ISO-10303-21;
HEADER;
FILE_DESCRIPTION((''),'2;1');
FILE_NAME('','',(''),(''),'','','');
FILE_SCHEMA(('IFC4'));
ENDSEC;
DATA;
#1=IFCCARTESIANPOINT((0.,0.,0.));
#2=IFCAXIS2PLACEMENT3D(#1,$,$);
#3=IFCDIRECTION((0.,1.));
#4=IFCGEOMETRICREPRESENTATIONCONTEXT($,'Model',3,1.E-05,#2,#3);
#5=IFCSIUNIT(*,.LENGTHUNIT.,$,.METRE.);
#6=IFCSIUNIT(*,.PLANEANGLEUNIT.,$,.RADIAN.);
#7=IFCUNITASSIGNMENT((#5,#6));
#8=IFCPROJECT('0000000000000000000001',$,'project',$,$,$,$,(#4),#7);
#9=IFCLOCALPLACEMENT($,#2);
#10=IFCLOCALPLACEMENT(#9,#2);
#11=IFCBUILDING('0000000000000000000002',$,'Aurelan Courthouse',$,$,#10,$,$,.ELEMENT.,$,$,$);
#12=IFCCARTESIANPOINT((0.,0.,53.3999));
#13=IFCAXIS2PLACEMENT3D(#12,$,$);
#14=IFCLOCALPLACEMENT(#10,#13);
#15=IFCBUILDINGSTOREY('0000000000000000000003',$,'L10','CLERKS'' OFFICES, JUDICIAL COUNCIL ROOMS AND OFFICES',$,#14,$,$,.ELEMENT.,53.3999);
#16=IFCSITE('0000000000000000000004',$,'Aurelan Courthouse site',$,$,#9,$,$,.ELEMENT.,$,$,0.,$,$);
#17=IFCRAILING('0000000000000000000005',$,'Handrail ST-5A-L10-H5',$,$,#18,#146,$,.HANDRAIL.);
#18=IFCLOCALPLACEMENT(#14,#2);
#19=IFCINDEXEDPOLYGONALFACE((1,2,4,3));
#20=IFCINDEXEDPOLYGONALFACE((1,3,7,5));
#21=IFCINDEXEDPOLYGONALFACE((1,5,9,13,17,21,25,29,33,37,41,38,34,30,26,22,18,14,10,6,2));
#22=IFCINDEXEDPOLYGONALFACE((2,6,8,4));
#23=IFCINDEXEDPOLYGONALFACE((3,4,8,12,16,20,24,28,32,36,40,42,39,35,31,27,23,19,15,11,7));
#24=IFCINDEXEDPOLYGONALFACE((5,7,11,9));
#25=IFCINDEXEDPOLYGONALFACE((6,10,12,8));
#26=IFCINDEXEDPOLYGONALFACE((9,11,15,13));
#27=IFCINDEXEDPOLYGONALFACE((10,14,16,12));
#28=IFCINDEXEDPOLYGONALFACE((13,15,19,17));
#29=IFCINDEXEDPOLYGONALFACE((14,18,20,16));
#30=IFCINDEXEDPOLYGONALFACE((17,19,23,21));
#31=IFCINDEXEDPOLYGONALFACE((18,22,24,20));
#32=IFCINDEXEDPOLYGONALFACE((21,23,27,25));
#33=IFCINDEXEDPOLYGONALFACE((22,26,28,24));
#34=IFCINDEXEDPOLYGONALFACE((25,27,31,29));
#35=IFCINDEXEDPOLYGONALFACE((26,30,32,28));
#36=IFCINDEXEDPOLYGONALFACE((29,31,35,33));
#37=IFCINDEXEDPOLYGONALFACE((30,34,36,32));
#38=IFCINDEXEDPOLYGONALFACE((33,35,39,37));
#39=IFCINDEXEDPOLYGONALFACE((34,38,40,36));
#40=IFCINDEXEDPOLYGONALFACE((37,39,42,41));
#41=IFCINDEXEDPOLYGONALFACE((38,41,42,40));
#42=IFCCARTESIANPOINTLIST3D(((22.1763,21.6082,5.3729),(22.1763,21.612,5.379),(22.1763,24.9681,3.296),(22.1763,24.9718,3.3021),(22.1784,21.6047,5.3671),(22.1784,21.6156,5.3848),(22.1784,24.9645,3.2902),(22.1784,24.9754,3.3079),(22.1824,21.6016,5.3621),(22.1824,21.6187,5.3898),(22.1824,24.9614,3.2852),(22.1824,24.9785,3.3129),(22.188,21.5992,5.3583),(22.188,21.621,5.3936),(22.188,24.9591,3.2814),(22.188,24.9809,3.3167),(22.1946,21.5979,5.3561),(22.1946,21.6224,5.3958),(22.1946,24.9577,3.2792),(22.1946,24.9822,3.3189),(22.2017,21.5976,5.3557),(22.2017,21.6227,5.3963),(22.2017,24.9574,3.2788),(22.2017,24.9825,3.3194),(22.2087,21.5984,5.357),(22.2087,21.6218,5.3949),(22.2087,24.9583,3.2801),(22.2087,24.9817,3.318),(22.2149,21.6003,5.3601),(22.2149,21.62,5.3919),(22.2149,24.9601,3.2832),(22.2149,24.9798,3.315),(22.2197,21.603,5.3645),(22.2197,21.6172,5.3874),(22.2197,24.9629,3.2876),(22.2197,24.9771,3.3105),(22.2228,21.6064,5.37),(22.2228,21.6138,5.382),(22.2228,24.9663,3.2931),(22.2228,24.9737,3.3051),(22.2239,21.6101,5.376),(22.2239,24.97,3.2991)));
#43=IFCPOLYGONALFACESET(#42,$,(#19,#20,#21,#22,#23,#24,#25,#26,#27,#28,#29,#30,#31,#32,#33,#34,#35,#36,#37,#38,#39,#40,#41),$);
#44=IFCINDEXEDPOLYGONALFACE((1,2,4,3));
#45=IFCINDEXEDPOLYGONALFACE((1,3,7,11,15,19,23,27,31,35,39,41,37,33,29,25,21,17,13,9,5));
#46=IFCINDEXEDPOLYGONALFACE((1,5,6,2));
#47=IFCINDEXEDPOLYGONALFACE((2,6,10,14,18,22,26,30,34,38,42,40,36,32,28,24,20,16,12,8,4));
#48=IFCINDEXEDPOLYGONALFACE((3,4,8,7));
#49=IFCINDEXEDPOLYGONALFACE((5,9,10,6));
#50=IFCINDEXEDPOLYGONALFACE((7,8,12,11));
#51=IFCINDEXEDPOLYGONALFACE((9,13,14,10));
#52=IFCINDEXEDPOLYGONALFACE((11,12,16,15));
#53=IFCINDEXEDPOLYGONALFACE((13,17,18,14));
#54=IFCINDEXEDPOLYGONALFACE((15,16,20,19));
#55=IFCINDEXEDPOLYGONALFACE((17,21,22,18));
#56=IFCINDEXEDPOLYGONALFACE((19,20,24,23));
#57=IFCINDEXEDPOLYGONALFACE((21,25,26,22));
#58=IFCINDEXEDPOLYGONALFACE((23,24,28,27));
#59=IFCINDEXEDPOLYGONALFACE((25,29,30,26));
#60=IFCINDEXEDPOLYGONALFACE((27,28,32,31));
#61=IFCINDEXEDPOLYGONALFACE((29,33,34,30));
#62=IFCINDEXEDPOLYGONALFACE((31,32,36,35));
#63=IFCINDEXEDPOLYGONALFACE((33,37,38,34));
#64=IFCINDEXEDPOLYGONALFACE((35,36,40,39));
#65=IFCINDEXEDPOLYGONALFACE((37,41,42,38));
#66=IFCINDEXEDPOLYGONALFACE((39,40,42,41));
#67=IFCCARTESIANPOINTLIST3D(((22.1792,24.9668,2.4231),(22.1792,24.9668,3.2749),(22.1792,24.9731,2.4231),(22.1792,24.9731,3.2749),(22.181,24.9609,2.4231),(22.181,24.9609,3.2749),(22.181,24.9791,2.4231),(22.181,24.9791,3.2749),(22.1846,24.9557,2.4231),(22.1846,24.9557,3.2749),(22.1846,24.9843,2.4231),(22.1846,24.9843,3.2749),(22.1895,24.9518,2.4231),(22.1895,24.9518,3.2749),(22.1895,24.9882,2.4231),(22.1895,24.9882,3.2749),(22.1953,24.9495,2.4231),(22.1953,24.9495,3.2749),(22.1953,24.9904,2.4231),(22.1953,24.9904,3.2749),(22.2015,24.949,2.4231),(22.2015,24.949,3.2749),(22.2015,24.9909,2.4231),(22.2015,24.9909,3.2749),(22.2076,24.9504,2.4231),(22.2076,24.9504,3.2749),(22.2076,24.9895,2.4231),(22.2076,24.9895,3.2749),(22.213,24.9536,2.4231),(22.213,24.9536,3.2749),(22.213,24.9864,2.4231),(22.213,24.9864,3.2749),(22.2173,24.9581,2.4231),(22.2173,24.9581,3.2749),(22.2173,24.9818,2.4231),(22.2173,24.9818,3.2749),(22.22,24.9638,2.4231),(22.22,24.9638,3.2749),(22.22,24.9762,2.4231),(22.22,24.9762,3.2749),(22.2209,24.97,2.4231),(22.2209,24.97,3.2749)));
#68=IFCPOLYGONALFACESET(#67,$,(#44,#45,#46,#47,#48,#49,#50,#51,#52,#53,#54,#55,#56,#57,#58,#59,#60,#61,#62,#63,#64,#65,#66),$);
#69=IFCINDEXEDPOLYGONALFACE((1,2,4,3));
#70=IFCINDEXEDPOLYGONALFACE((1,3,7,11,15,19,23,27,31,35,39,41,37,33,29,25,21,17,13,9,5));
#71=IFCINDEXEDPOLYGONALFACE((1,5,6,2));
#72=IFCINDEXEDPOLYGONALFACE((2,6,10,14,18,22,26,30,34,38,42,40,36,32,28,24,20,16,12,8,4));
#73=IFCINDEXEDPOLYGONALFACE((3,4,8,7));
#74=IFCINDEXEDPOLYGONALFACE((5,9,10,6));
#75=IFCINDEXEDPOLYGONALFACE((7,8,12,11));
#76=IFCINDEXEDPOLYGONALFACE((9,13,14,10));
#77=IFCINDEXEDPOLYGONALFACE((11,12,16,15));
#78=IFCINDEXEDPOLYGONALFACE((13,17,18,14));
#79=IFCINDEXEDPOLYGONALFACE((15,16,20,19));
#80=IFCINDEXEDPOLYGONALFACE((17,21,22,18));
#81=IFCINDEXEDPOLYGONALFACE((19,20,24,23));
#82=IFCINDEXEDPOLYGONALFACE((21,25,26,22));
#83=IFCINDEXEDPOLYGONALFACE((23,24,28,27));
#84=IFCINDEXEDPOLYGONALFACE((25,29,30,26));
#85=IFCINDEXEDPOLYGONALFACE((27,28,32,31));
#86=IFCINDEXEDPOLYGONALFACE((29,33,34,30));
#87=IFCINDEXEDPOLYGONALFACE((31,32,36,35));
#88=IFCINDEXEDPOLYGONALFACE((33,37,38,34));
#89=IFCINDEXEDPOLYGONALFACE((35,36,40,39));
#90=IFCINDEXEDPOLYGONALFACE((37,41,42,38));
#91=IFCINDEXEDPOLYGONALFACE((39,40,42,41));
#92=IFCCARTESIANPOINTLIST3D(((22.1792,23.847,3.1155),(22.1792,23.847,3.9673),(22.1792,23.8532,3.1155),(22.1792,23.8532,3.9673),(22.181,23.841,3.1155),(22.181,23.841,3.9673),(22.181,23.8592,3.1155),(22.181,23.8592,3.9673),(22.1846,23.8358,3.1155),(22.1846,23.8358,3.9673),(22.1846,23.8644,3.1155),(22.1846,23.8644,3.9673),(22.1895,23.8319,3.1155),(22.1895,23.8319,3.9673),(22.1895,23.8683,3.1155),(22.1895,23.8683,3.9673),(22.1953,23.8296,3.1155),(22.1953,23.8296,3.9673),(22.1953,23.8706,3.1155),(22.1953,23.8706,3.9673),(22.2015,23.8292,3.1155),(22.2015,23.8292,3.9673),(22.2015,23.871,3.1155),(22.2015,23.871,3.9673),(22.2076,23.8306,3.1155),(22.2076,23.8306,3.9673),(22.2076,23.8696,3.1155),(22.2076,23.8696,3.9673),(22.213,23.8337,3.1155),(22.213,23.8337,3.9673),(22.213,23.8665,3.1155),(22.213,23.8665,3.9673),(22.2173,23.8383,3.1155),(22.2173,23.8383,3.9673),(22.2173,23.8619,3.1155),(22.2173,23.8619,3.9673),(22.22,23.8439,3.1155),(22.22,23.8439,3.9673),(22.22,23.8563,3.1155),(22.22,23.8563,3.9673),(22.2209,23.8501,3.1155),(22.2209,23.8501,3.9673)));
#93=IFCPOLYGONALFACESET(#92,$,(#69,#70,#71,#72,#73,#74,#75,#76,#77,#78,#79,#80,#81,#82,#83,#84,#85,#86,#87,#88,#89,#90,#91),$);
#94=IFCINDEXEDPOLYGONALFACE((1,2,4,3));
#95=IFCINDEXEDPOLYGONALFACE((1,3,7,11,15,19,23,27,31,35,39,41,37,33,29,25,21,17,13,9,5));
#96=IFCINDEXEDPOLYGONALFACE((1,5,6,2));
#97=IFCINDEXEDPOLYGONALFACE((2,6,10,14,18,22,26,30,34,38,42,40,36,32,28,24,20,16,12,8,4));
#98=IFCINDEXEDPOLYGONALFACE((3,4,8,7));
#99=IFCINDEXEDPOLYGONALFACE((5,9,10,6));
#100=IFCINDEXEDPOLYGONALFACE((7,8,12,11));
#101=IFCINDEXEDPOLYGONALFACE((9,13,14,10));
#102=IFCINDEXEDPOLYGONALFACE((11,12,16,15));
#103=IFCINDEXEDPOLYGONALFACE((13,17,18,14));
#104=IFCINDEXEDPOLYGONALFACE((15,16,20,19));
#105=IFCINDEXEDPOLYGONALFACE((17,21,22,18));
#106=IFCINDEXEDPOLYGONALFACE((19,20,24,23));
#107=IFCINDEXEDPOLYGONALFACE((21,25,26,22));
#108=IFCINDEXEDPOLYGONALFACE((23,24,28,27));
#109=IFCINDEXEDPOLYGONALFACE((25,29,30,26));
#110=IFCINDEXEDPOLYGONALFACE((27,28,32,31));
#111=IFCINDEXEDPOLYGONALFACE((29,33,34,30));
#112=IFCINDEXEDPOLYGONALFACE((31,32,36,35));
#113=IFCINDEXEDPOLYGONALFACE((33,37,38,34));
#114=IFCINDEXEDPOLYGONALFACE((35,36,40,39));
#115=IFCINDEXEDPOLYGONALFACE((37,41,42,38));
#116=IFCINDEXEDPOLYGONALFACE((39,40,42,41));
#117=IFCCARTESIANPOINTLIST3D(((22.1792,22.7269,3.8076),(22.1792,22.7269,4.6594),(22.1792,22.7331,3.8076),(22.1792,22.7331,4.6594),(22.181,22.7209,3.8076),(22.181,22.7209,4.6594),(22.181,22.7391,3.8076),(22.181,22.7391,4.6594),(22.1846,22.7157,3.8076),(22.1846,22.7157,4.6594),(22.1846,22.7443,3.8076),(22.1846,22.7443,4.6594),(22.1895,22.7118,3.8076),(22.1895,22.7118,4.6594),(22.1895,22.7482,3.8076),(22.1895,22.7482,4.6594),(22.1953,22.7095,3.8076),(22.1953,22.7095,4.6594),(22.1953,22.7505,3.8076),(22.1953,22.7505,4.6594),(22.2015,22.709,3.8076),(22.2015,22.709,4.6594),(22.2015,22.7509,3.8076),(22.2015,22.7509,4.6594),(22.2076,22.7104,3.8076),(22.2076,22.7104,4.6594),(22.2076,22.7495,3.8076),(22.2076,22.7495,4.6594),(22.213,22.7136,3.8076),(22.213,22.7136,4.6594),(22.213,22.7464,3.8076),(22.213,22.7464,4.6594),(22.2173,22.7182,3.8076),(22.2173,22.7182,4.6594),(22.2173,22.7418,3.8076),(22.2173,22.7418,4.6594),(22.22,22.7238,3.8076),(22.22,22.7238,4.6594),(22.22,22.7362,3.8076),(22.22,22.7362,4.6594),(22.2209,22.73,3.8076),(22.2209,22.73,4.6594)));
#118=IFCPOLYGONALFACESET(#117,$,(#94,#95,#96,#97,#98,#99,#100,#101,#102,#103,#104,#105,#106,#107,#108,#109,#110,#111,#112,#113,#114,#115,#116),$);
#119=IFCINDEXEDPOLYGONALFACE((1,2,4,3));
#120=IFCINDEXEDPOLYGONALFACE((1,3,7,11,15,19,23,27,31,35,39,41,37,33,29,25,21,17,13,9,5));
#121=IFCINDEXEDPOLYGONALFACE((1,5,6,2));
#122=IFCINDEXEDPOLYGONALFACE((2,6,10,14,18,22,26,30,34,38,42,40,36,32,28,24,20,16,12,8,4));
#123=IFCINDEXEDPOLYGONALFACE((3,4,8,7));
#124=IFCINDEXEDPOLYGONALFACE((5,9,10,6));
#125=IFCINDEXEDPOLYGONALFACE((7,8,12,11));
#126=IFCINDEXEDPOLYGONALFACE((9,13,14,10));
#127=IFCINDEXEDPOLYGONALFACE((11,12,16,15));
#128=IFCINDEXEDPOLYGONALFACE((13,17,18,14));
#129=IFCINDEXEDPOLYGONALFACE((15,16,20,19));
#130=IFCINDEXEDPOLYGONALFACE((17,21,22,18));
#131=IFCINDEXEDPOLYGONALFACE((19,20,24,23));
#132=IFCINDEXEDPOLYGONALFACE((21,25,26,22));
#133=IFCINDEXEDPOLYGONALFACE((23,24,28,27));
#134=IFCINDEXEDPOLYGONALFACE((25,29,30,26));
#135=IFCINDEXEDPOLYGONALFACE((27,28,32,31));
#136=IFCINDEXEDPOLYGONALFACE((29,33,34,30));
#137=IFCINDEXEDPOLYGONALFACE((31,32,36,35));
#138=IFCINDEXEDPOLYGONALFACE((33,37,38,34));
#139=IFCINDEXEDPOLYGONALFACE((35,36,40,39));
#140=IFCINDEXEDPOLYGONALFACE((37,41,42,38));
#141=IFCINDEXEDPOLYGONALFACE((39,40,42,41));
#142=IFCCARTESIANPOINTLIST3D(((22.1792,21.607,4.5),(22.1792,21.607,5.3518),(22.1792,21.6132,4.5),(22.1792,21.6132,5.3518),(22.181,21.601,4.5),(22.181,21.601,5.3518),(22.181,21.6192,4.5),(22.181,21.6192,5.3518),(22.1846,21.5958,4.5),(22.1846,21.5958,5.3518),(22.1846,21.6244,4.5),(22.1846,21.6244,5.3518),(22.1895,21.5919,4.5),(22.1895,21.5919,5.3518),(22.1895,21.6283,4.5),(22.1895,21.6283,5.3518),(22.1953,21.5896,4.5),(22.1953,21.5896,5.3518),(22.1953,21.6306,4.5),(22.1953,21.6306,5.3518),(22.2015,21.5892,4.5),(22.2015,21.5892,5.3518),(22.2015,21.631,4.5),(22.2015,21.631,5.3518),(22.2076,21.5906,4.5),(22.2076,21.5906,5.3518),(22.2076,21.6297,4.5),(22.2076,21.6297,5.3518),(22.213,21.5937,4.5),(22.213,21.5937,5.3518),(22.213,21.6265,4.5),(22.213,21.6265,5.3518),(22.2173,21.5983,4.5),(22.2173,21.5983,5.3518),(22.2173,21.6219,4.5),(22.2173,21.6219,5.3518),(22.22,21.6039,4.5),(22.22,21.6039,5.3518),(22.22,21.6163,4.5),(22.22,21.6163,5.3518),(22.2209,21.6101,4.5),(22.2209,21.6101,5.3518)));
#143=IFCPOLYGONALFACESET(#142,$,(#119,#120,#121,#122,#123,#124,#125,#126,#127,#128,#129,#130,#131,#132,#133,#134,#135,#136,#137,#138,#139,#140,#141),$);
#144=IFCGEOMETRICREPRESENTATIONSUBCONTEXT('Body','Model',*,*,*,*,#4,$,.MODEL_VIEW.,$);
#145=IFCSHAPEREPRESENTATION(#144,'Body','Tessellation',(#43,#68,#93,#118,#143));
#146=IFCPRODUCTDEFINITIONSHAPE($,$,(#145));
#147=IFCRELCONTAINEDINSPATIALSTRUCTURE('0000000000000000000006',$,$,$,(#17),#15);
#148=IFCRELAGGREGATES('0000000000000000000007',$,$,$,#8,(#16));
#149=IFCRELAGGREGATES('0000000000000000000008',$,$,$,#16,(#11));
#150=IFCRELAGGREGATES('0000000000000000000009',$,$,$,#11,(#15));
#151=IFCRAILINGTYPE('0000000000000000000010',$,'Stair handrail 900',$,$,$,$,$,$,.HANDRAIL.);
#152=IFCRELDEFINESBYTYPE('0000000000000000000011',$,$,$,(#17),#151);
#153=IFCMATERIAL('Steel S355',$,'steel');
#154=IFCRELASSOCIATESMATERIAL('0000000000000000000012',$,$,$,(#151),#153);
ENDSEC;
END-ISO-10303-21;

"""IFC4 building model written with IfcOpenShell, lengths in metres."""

from ifc_helpers import new_model, si_unit, direction, frame, origin, origin_2d, place, context, subcontext, project, spatial, circle, extrude, material, type_object, element, save


model = new_model("IFC4")

# Units and contexts
model_context = context("Model", 3, precision=1e-05, world=origin(), true_north=direction((0.0, 1.0)))
body_context = subcontext(model_context, "Body", "Model", "MODEL_VIEW")
ifc_project = project(units=[si_unit("LENGTHUNIT", "METRE"), si_unit("PLANEANGLEUNIT", "RADIAN")], contexts=[model_context])

# Site, building, storey
site_placement = place(None, origin())
site = spatial("IfcSite", under=ifc_project, at=site_placement, Name="Aurelan Courthouse site", CompositionType="ELEMENT", RefElevation=0.0)
building_placement = place(site_placement, origin())
building = spatial("IfcBuilding", under=site, at=building_placement, Name="Aurelan Courthouse", CompositionType="ELEMENT")
storey_placement = place(building_placement, frame((0.0, 0.0, 53.3999)))
storey = spatial("IfcBuildingStorey", under=building, at=storey_placement, Name="L10", Description="CLERKS' OFFICES, JUDICIAL COUNCIL ROOMS AND OFFICES", CompositionType="ELEMENT", Elevation=53.3999)

# Railing
ifc_material_1 = material(Name="Steel S355", Category="steel")
railing_type_1 = type_object("IfcRailingType", Name="Stair handrail 900", PredefinedType="HANDRAIL", material=ifc_material_1)
for number, where, name in (
    (1, (22.2, 24.97, 2.4231), "Handrail ST-5A-L10-H5"),
):
    element("IfcRailing", number, at=place(storey_placement, frame(where)), inside=storey, type_object=railing_type_1, Name=name, PredefinedType="HANDRAIL", context=body_context, shape_type="SweptSolid", body=[
        extrude(circle(Radius=0.0239, at=origin_2d()), frame((0.0, 0.0, 0.876), z_axis=(0.0, -0.850606, 0.525803), x_axis=(1.0, 0.0, 0.0)), (0.0, 0.0, 1.0), 3.95),
        extrude(circle(Radius=0.021, at=origin_2d()), origin(), (0.0, 0.0, 1.0), 0.8518),
        extrude(circle(Radius=0.021, at=origin_2d()), frame((0.0, -1.1199, 0.6924)), (0.0, 0.0, 1.0), 0.8518),
        extrude(circle(Radius=0.021, at=origin_2d()), frame((0.0, -2.24, 1.3845)), (0.0, 0.0, 1.0), 0.8518),
        extrude(circle(Radius=0.021, at=origin_2d()), frame((0.0, -3.3599, 2.0769)), (0.0, 0.0, 1.0), 0.8518),
    ])

save(model, "model.ifc")
